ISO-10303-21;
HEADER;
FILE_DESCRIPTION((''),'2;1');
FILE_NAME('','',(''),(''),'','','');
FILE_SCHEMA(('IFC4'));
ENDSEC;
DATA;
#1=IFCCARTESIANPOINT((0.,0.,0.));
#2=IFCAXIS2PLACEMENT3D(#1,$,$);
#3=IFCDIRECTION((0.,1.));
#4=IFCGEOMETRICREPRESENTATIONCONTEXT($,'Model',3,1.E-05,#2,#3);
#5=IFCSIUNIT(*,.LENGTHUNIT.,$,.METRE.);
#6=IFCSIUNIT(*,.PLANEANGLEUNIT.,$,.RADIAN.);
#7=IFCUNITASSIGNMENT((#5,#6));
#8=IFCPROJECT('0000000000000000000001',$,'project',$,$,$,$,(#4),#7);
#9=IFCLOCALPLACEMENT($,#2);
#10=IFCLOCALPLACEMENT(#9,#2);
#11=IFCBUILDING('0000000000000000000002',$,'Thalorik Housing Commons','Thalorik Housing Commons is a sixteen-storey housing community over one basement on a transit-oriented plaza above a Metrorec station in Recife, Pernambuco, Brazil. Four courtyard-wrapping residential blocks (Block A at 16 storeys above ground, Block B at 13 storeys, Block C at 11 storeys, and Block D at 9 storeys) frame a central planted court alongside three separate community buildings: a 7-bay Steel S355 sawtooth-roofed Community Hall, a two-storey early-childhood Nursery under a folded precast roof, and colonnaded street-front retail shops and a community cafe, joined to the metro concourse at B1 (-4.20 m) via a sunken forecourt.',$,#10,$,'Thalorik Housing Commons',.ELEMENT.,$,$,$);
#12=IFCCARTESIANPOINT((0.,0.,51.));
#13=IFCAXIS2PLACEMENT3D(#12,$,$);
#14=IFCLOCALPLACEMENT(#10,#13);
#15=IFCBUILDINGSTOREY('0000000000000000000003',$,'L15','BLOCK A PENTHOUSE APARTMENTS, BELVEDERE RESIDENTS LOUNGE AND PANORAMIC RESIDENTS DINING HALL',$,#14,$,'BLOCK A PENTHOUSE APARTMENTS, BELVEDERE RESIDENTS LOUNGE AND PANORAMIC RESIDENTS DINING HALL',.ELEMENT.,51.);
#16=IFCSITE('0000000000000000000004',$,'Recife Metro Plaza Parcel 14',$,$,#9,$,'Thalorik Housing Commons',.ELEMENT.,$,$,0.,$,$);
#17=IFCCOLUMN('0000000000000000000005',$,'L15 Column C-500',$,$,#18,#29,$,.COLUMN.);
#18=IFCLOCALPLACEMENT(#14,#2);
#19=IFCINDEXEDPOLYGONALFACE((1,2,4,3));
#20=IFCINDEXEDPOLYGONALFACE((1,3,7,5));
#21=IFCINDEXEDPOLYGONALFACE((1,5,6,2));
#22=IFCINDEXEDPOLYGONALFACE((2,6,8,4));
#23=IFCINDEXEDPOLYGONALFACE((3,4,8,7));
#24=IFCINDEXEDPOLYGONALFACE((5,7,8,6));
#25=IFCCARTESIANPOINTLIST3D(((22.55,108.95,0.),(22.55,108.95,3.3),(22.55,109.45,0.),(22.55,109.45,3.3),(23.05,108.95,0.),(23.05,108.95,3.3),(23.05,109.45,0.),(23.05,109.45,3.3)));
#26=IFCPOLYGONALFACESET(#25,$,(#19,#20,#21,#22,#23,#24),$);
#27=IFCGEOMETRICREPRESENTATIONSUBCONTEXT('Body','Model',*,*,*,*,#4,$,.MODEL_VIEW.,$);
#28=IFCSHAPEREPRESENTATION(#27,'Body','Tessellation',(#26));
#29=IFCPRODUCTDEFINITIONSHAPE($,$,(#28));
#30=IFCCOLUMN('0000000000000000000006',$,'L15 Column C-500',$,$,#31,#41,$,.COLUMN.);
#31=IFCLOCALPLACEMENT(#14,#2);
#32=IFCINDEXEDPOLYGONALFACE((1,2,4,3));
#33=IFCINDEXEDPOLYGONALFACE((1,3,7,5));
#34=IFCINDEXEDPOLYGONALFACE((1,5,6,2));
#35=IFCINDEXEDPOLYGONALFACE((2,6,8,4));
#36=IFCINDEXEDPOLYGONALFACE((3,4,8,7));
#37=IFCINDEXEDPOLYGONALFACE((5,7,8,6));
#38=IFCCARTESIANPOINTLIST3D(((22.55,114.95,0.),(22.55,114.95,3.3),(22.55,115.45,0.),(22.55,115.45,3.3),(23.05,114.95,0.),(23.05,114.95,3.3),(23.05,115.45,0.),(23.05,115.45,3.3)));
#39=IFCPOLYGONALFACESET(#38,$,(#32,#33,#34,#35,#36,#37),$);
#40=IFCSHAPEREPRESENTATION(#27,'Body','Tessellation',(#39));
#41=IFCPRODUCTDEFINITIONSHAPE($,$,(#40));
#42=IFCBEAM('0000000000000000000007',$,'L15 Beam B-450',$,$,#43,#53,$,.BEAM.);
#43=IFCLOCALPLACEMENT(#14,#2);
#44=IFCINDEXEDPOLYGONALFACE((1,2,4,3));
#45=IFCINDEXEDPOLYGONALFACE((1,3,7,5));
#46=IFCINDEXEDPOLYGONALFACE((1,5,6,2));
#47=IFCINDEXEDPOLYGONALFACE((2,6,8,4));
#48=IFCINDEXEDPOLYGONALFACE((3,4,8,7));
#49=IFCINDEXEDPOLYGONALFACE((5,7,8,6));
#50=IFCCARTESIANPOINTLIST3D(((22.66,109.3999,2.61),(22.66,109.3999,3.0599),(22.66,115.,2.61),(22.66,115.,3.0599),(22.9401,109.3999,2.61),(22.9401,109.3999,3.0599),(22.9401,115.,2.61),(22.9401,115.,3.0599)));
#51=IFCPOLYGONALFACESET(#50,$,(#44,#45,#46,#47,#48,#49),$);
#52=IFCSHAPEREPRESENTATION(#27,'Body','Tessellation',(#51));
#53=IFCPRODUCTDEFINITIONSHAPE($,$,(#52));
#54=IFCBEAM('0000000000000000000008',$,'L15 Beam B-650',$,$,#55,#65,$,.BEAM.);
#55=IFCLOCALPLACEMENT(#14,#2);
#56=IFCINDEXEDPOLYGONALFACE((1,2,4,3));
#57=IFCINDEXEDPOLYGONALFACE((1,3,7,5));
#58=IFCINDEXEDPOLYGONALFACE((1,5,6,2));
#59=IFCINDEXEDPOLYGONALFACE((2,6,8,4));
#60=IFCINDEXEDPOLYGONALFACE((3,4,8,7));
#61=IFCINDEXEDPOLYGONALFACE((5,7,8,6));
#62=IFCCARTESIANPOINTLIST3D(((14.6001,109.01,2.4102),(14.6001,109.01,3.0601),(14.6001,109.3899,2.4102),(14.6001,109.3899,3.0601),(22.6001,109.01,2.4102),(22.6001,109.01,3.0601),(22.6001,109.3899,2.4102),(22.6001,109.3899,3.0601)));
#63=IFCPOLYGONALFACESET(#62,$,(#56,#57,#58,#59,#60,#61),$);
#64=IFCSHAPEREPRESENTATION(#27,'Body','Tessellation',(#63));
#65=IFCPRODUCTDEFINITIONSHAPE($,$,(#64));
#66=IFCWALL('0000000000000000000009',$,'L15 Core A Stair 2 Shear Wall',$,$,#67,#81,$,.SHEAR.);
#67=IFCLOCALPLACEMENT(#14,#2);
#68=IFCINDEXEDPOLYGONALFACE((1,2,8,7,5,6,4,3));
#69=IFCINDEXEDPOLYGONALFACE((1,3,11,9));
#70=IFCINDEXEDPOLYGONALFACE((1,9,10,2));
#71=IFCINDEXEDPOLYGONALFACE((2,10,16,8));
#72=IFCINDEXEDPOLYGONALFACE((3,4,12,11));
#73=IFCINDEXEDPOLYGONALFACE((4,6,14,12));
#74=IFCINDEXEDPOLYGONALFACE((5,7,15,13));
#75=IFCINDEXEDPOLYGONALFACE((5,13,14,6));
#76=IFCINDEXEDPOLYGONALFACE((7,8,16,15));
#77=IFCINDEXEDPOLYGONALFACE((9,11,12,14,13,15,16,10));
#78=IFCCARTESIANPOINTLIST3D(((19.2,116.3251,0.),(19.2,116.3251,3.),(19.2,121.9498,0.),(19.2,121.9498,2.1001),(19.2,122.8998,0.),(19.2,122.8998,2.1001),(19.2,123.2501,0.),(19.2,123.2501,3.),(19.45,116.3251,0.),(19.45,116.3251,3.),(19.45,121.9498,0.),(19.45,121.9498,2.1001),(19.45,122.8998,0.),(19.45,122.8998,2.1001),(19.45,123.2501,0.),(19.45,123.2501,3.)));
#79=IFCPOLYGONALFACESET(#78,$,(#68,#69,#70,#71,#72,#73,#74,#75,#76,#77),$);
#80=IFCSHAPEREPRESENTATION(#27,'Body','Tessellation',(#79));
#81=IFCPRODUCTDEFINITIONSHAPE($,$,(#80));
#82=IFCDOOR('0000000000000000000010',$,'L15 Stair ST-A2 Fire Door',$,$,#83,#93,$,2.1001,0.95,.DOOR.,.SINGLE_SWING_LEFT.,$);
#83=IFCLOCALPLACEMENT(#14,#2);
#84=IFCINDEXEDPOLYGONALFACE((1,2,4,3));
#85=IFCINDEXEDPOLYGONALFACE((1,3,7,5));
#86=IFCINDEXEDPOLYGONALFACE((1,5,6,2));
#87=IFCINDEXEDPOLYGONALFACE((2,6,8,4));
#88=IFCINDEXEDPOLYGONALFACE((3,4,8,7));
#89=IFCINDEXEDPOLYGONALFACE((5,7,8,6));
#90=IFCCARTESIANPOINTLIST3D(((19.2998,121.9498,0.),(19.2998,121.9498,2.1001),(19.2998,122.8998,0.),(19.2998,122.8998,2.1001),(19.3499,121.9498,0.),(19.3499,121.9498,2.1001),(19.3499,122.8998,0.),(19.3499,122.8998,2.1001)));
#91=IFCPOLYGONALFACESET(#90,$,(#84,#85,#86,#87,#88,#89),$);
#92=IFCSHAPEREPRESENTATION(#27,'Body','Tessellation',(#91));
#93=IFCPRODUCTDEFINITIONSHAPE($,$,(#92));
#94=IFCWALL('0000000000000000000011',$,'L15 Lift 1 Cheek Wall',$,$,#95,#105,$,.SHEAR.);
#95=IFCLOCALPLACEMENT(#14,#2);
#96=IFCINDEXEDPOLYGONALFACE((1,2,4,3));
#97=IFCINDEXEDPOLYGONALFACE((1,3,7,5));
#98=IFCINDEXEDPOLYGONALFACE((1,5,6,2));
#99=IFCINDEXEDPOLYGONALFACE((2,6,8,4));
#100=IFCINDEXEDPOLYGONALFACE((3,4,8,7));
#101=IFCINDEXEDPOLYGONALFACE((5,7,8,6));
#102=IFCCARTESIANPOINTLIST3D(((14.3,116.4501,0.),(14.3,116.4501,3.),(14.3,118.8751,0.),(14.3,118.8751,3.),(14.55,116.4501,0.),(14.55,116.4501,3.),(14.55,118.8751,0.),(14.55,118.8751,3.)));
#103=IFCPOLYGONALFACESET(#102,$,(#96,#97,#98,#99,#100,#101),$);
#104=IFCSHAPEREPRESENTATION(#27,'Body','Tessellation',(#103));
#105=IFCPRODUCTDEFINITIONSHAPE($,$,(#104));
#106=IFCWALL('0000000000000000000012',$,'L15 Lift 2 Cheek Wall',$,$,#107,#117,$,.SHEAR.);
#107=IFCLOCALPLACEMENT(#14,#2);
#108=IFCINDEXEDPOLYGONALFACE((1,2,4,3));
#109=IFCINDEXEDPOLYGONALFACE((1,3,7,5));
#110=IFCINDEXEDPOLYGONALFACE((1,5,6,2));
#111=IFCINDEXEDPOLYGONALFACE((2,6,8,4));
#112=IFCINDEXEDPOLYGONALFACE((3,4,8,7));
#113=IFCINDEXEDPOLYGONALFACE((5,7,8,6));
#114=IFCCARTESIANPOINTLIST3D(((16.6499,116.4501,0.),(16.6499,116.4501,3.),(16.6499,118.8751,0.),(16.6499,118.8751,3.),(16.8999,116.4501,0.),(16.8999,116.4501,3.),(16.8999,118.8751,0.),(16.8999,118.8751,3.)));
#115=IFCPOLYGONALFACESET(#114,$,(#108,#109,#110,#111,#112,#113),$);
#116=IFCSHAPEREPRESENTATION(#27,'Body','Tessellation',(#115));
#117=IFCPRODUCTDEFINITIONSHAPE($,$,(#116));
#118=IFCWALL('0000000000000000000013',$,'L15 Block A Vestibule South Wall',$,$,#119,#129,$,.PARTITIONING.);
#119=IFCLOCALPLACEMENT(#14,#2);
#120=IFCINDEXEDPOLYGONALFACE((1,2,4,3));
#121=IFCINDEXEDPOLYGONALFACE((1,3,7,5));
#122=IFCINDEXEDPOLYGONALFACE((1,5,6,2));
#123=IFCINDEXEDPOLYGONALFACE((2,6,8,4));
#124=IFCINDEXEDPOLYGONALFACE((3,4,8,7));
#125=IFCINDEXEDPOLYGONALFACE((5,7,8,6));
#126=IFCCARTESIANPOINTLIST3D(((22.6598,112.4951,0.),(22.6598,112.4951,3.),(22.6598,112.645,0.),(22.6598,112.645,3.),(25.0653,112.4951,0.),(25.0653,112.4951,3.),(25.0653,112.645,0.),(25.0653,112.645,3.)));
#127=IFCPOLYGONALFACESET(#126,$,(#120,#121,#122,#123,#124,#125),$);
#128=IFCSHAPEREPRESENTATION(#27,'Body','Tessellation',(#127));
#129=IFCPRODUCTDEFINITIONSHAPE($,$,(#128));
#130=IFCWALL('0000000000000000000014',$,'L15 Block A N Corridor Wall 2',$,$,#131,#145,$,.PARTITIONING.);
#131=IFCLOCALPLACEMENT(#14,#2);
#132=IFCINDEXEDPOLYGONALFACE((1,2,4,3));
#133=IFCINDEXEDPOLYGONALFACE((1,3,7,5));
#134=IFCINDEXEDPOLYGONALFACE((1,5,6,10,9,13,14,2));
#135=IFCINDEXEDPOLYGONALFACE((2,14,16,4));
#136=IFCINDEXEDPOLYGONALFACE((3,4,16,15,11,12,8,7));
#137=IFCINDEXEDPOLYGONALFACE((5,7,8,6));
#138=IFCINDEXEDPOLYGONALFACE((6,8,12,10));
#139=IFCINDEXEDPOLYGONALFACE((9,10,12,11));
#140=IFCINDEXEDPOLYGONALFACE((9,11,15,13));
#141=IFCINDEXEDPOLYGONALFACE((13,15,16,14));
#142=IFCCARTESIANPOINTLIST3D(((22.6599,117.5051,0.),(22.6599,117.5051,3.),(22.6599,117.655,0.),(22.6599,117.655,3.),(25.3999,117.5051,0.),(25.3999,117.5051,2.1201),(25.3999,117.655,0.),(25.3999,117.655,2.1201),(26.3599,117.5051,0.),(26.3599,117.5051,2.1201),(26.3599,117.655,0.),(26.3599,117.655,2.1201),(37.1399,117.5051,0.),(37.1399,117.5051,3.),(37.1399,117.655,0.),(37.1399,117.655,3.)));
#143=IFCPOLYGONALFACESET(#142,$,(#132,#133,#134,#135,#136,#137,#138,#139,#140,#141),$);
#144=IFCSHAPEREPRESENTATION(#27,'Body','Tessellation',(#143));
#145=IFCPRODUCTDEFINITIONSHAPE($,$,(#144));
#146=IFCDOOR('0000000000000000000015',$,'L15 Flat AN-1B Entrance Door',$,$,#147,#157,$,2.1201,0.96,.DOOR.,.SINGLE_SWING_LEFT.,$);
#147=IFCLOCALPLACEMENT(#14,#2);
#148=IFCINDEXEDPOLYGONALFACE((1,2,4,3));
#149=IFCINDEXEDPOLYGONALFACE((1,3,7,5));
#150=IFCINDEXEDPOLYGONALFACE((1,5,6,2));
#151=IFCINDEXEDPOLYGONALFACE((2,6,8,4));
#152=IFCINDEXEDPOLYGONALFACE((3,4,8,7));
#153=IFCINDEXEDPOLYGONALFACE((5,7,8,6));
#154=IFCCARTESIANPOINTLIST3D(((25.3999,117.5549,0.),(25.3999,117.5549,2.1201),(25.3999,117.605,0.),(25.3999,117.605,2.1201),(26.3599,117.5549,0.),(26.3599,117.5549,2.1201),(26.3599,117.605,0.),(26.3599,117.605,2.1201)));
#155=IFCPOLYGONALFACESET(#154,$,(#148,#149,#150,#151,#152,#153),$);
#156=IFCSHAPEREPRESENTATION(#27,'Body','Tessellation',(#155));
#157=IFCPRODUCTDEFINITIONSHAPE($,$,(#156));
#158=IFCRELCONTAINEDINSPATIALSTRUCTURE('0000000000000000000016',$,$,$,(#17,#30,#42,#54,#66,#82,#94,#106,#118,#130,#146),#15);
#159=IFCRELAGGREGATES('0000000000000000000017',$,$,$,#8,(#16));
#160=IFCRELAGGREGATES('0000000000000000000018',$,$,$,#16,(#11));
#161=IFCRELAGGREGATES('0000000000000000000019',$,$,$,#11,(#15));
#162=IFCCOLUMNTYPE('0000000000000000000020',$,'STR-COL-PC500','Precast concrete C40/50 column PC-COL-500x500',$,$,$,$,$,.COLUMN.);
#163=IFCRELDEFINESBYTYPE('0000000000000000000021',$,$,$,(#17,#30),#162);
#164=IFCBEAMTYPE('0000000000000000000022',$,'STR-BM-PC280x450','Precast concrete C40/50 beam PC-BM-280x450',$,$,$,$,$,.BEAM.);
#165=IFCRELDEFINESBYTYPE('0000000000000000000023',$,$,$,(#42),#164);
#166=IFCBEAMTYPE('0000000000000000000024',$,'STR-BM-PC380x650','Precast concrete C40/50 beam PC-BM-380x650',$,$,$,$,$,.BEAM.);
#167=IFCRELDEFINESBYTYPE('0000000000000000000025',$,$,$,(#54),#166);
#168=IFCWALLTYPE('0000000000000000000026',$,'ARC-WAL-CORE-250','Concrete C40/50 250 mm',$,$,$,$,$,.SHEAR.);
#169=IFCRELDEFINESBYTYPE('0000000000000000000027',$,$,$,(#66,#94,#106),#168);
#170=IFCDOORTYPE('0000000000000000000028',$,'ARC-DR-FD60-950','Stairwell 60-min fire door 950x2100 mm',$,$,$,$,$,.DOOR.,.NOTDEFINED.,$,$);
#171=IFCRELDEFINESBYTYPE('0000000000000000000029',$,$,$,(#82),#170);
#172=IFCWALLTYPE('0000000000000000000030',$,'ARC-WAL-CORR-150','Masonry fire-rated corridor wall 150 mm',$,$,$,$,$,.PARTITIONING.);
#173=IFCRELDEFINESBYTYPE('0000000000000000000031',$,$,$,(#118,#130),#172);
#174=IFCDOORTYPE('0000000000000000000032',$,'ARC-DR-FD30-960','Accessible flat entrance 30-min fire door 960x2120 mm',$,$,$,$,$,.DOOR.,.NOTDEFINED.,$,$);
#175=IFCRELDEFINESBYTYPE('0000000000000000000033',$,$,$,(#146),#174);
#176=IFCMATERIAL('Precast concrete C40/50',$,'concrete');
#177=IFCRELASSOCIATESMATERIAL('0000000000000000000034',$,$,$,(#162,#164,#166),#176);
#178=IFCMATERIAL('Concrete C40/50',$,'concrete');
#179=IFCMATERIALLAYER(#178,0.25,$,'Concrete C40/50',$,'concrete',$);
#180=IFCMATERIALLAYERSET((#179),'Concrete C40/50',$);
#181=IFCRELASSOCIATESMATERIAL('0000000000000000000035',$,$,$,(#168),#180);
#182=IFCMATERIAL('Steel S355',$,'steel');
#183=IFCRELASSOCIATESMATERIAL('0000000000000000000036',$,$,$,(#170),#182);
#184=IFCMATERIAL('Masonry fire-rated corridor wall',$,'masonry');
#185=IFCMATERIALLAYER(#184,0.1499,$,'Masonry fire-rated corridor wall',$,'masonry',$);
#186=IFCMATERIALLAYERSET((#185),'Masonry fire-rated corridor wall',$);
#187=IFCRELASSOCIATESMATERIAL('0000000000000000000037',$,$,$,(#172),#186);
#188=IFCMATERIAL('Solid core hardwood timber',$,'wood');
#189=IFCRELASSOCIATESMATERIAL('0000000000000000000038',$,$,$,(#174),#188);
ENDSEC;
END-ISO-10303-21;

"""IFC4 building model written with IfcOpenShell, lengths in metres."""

from ifc_helpers import new_model, si_unit, direction, frame, frame_2d, origin, origin_2d, place, context, subcontext, project, spatial, rectangle, extrude, material, layer, layer_set, material_profile, profile_set, type_object, element, fill, save


model = new_model("IFC4")

# Units and contexts
model_context = context("Model", 3, precision=1e-05, world=origin(), true_north=direction((0.0, 1.0)))
body_context = subcontext(model_context, "Body", "Model", "MODEL_VIEW")
ifc_project = project(units=[si_unit("LENGTHUNIT", "METRE"), si_unit("PLANEANGLEUNIT", "RADIAN")], contexts=[model_context])

# Site, building, storey
site_placement = place(None, origin())
site = spatial("IfcSite", under=ifc_project, at=site_placement, Name="Recife Metro Plaza Parcel 14", LongName="Thalorik Housing Commons", CompositionType="ELEMENT", RefElevation=0.0)
building_placement = place(site_placement, origin())
building = spatial("IfcBuilding", under=site, at=building_placement, Name="Thalorik Housing Commons", Description="Thalorik Housing Commons is a sixteen-storey housing community over one basement on a transit-oriented plaza above a Metrorec station in Recife, Pernambuco, Brazil. Four courtyard-wrapping residential blocks (Block A at 16 storeys above ground, Block B at 13 storeys, Block C at 11 storeys, and Block D at 9 storeys) frame a central planted court alongside three separate community buildings: a 7-bay Steel S355 sawtooth-roofed Community Hall, a two-storey early-childhood Nursery under a folded precast roof, and colonnaded street-front retail shops and a community cafe, joined to the metro concourse at B1 (-4.20 m) via a sunken forecourt.", LongName="Thalorik Housing Commons", CompositionType="ELEMENT")
storey_placement = place(building_placement, frame((0.0, 0.0, 51.0)))
storey = spatial("IfcBuildingStorey", under=building, at=storey_placement, Name="L15", Description="BLOCK A PENTHOUSE APARTMENTS, BELVEDERE RESIDENTS LOUNGE AND PANORAMIC RESIDENTS DINING HALL", LongName="BLOCK A PENTHOUSE APARTMENTS, BELVEDERE RESIDENTS LOUNGE AND PANORAMIC RESIDENTS DINING HALL", CompositionType="ELEMENT", Elevation=51.0)

# Columns
ifc_material_1 = material(Name="Precast concrete C40/50", Category="concrete")
ifc_material_profile_1 = material_profile(ifc_material_1, rectangle(XDim=0.5, YDim=0.5, at=origin_2d()), Name="PC 500x500", Category="concrete")
ifc_profile_set_1 = profile_set([ifc_material_profile_1], Name="Precast concrete C40/50")
column_type = type_object("IfcColumnType", Name="STR-COL-PC500", Description="Precast concrete C40/50 column PC-COL-500x500", PredefinedType="COLUMN", material=ifc_profile_set_1)
for number, where, z_axis, x_axis, name in (
    (1, (22.8, 109.2, 0.0), (0.0, 0.0, 1.0), (1.0, 0.0, 0.0), "L15 Column C-500"),
    (2, (22.8, 115.2, 0.0), (0.0, 0.0, 1.0), (1.0, 0.0, 0.0), "L15 Column C-500"),
):
    element("IfcColumn", number, at=place(storey_placement, frame(where, z_axis=z_axis, x_axis=x_axis)), inside=storey, type_object=column_type, Name=name, PredefinedType="COLUMN", context=body_context, shape_type="SweptSolid", body=[
        extrude(rectangle(XDim=0.5, YDim=0.5, at=origin_2d()), origin(), (0.0, 0.0, 1.0), 3.3),
    ])

# Beams
ifc_material_profile_2 = material_profile(ifc_material_1, rectangle(XDim=0.28, YDim=0.45, at=origin_2d()), Name="PC 280x450", Category="concrete")
ifc_profile_set_2 = profile_set([ifc_material_profile_2], Name="Precast concrete C40/50")
beam_type_1 = type_object("IfcBeamType", Name="STR-BM-PC280x450", Description="Precast concrete C40/50 beam PC-BM-280x450", PredefinedType="BEAM", material=ifc_profile_set_2)
beam_1_placement = place(storey_placement, frame((22.8, 109.3999, 2.835), z_axis=(0.0, 1.0, 0.0), x_axis=(-1.0, 0.0, 0.0)))
element("IfcBeam", 3, at=beam_1_placement, inside=storey, type_object=beam_type_1, Name="L15 Beam B-450", PredefinedType="BEAM", context=body_context, shape_type="SweptSolid", body=[
    extrude(rectangle(XDim=0.28, YDim=0.45, at=origin_2d()), origin(), (0.0, 0.0, 1.0), 5.6001),
])
ifc_material_profile_3 = material_profile(ifc_material_1, rectangle(XDim=0.3799, YDim=0.6499, at=origin_2d()), Name="PC 380x650", Category="concrete")
ifc_profile_set_3 = profile_set([ifc_material_profile_3], Name="Precast concrete C40/50")
beam_type_2 = type_object("IfcBeamType", Name="STR-BM-PC380x650", Description="Precast concrete C40/50 beam PC-BM-380x650", PredefinedType="BEAM", material=ifc_profile_set_3)
beam_2_placement = place(storey_placement, frame((14.6001, 109.2, 2.7351), z_axis=(1.0, 0.0, 0.0), x_axis=(0.0, 1.0, 0.0)))
element("IfcBeam", 4, at=beam_2_placement, inside=storey, type_object=beam_type_2, Name="L15 Beam B-650", PredefinedType="BEAM", context=body_context, shape_type="SweptSolid", body=[
    extrude(rectangle(XDim=0.3799, YDim=0.6499, at=origin_2d()), origin(), (0.0, 0.0, 1.0), 8.0),
])

# Wall, opening, door
ifc_material_2 = material(Name="Concrete C40/50", Category="concrete")
ifc_layer_1 = layer(ifc_material_2, 0.25, Name="Concrete C40/50", Category="concrete")
ifc_layer_set_1 = layer_set([ifc_layer_1], Name="Concrete C40/50")
wall_type_1 = type_object("IfcWallType", Name="ARC-WAL-CORE-250", Description="Concrete C40/50 250 mm", PredefinedType="SHEAR", material=ifc_layer_set_1)
wall_1_placement = place(storey_placement, frame((19.325, 123.25, 0.0), z_axis=(0.0, 0.0, 1.0), x_axis=(0.0, -1.0, 0.0)))
wall_1 = element("IfcWall", 5, at=wall_1_placement, inside=storey, type_object=wall_type_1, Name="L15 Core A Stair 2 Shear Wall", PredefinedType="SHEAR", context=body_context, shape_type="SweptSolid", body=[
    extrude(rectangle(XDim=6.925, YDim=0.25, at=frame_2d((3.4624, 0.0))), origin(), (0.0, 0.0, 1.0), 3.0),
])
opening_1_placement = place(wall_1_placement, frame((0.3501, 0.0, 0.0)))
opening_1 = element("IfcOpeningElement", 6, at=opening_1_placement, cuts=wall_1, PredefinedType="OPENING", context=body_context, shape_type="SweptSolid", body=[
    extrude(rectangle(XDim=0.95, YDim=2.1001, at=frame_2d((0.4751, 1.05))), frame((0.0, 0.135, 0.0), z_axis=(0.0, -1.0, 0.0), x_axis=(1.0, 0.0, 0.0)), (0.0, 0.0, 1.0), 0.27),
])
ifc_material_3 = material(Name="Steel S355", Category="steel")
door_type_1 = type_object("IfcDoorType", Name="ARC-DR-FD60-950", Description="Stairwell 60-min fire door 950x2100 mm", OperationType="NOTDEFINED", PredefinedType="DOOR", material=ifc_material_3)
door_1_placement = place(opening_1_placement, origin())
door_1 = element("IfcDoor", 7, at=door_1_placement, inside=storey, type_object=door_type_1, Name="L15 Stair ST-A2 Fire Door", OperationType="SINGLE_SWING_LEFT", OverallHeight=2.1001, OverallWidth=0.95, PredefinedType="DOOR", context=body_context, shape_type="SweptSolid", body=[
    extrude(rectangle(XDim=0.95, YDim=2.1001, at=frame_2d((0.4751, 1.05))), frame((0.0, 0.0249, 0.0), z_axis=(0.0, -1.0, 0.0), x_axis=(1.0, 0.0, 0.0)), (0.0, 0.0, 1.0), 0.05),
])
fill(opening_1, door_1)

# Walls
for number, where, z_axis, x_axis, name in (
    (8, (14.425, 118.875, 0.0), (0.0, 0.0, 1.0), (0.0, -1.0, 0.0), "L15 Lift 1 Cheek Wall"),
    (9, (16.7749, 118.875, 0.0), (0.0, 0.0, 1.0), (0.0, -1.0, 0.0), "L15 Lift 2 Cheek Wall"),
):
    element("IfcWall", number, at=place(storey_placement, frame(where, z_axis=z_axis, x_axis=x_axis)), inside=storey, type_object=wall_type_1, Name=name, PredefinedType="SHEAR", context=body_context, shape_type="SweptSolid", body=[
        extrude(rectangle(XDim=2.425, YDim=0.25, at=frame_2d((1.2124, 0.0))), origin(), (0.0, 0.0, 1.0), 3.0),
    ])
ifc_material_4 = material(Name="Masonry fire-rated corridor wall", Category="masonry")
ifc_layer_2 = layer(ifc_material_4, 0.1499, Name="Masonry fire-rated corridor wall", Category="masonry")
ifc_layer_set_2 = layer_set([ifc_layer_2], Name="Masonry fire-rated corridor wall")
wall_type_2 = type_object("IfcWallType", Name="ARC-WAL-CORR-150", Description="Masonry fire-rated corridor wall 150 mm", PredefinedType="PARTITIONING", material=ifc_layer_set_2)
wall_2_placement = place(storey_placement, frame((22.6599, 112.5701, 0.0), z_axis=(0.0, 0.0, 1.0), x_axis=(1.0, 0.0, 0.0)))
element("IfcWall", 10, at=wall_2_placement, inside=storey, type_object=wall_type_2, Name="L15 Block A Vestibule South Wall", PredefinedType="PARTITIONING", context=body_context, shape_type="SweptSolid", body=[
    extrude(rectangle(XDim=2.4055, YDim=0.1499, at=frame_2d((1.2026, 0.0))), origin(), (0.0, 0.0, 1.0), 3.0),
])

# Wall, opening, door
wall_3_placement = place(storey_placement, frame((22.6599, 117.5801, 0.0), z_axis=(0.0, 0.0, 1.0), x_axis=(1.0, 0.0, 0.0)))
wall_3 = element("IfcWall", 11, at=wall_3_placement, inside=storey, type_object=wall_type_2, Name="L15 Block A N Corridor Wall 2", PredefinedType="PARTITIONING", context=body_context, shape_type="SweptSolid", body=[
    extrude(rectangle(XDim=14.48, YDim=0.1499, at=frame_2d((7.24, 0.0))), origin(), (0.0, 0.0, 1.0), 3.0),
])
opening_2_placement = place(wall_3_placement, frame((2.74, 0.0, 0.0)))
opening_2 = element("IfcOpeningElement", 12, at=opening_2_placement, cuts=wall_3, PredefinedType="OPENING", context=body_context, shape_type="SweptSolid", body=[
    extrude(rectangle(XDim=0.96, YDim=2.1201, at=frame_2d((0.48, 1.0601))), frame((0.0, 0.085, 0.0), z_axis=(0.0, -1.0, 0.0), x_axis=(1.0, 0.0, 0.0)), (0.0, 0.0, 1.0), 0.1699),
])
ifc_material_5 = material(Name="Solid core hardwood timber", Category="wood")
door_type_2 = type_object("IfcDoorType", Name="ARC-DR-FD30-960", Description="Accessible flat entrance 30-min fire door 960x2120 mm", OperationType="NOTDEFINED", PredefinedType="DOOR", material=ifc_material_5)
door_2_placement = place(opening_2_placement, origin())
door_2 = element("IfcDoor", 13, at=door_2_placement, inside=storey, type_object=door_type_2, Name="L15 Flat AN-1B Entrance Door", OperationType="SINGLE_SWING_LEFT", OverallHeight=2.1201, OverallWidth=0.96, PredefinedType="DOOR", context=body_context, shape_type="SweptSolid", body=[
    extrude(rectangle(XDim=0.96, YDim=2.1201, at=frame_2d((0.48, 1.0601))), frame((0.0, 0.0249, 0.0), z_axis=(0.0, -1.0, 0.0), x_axis=(1.0, 0.0, 0.0)), (0.0, 0.0, 1.0), 0.05),
])
fill(opening_2, door_2)

save(model, "model.ifc")
